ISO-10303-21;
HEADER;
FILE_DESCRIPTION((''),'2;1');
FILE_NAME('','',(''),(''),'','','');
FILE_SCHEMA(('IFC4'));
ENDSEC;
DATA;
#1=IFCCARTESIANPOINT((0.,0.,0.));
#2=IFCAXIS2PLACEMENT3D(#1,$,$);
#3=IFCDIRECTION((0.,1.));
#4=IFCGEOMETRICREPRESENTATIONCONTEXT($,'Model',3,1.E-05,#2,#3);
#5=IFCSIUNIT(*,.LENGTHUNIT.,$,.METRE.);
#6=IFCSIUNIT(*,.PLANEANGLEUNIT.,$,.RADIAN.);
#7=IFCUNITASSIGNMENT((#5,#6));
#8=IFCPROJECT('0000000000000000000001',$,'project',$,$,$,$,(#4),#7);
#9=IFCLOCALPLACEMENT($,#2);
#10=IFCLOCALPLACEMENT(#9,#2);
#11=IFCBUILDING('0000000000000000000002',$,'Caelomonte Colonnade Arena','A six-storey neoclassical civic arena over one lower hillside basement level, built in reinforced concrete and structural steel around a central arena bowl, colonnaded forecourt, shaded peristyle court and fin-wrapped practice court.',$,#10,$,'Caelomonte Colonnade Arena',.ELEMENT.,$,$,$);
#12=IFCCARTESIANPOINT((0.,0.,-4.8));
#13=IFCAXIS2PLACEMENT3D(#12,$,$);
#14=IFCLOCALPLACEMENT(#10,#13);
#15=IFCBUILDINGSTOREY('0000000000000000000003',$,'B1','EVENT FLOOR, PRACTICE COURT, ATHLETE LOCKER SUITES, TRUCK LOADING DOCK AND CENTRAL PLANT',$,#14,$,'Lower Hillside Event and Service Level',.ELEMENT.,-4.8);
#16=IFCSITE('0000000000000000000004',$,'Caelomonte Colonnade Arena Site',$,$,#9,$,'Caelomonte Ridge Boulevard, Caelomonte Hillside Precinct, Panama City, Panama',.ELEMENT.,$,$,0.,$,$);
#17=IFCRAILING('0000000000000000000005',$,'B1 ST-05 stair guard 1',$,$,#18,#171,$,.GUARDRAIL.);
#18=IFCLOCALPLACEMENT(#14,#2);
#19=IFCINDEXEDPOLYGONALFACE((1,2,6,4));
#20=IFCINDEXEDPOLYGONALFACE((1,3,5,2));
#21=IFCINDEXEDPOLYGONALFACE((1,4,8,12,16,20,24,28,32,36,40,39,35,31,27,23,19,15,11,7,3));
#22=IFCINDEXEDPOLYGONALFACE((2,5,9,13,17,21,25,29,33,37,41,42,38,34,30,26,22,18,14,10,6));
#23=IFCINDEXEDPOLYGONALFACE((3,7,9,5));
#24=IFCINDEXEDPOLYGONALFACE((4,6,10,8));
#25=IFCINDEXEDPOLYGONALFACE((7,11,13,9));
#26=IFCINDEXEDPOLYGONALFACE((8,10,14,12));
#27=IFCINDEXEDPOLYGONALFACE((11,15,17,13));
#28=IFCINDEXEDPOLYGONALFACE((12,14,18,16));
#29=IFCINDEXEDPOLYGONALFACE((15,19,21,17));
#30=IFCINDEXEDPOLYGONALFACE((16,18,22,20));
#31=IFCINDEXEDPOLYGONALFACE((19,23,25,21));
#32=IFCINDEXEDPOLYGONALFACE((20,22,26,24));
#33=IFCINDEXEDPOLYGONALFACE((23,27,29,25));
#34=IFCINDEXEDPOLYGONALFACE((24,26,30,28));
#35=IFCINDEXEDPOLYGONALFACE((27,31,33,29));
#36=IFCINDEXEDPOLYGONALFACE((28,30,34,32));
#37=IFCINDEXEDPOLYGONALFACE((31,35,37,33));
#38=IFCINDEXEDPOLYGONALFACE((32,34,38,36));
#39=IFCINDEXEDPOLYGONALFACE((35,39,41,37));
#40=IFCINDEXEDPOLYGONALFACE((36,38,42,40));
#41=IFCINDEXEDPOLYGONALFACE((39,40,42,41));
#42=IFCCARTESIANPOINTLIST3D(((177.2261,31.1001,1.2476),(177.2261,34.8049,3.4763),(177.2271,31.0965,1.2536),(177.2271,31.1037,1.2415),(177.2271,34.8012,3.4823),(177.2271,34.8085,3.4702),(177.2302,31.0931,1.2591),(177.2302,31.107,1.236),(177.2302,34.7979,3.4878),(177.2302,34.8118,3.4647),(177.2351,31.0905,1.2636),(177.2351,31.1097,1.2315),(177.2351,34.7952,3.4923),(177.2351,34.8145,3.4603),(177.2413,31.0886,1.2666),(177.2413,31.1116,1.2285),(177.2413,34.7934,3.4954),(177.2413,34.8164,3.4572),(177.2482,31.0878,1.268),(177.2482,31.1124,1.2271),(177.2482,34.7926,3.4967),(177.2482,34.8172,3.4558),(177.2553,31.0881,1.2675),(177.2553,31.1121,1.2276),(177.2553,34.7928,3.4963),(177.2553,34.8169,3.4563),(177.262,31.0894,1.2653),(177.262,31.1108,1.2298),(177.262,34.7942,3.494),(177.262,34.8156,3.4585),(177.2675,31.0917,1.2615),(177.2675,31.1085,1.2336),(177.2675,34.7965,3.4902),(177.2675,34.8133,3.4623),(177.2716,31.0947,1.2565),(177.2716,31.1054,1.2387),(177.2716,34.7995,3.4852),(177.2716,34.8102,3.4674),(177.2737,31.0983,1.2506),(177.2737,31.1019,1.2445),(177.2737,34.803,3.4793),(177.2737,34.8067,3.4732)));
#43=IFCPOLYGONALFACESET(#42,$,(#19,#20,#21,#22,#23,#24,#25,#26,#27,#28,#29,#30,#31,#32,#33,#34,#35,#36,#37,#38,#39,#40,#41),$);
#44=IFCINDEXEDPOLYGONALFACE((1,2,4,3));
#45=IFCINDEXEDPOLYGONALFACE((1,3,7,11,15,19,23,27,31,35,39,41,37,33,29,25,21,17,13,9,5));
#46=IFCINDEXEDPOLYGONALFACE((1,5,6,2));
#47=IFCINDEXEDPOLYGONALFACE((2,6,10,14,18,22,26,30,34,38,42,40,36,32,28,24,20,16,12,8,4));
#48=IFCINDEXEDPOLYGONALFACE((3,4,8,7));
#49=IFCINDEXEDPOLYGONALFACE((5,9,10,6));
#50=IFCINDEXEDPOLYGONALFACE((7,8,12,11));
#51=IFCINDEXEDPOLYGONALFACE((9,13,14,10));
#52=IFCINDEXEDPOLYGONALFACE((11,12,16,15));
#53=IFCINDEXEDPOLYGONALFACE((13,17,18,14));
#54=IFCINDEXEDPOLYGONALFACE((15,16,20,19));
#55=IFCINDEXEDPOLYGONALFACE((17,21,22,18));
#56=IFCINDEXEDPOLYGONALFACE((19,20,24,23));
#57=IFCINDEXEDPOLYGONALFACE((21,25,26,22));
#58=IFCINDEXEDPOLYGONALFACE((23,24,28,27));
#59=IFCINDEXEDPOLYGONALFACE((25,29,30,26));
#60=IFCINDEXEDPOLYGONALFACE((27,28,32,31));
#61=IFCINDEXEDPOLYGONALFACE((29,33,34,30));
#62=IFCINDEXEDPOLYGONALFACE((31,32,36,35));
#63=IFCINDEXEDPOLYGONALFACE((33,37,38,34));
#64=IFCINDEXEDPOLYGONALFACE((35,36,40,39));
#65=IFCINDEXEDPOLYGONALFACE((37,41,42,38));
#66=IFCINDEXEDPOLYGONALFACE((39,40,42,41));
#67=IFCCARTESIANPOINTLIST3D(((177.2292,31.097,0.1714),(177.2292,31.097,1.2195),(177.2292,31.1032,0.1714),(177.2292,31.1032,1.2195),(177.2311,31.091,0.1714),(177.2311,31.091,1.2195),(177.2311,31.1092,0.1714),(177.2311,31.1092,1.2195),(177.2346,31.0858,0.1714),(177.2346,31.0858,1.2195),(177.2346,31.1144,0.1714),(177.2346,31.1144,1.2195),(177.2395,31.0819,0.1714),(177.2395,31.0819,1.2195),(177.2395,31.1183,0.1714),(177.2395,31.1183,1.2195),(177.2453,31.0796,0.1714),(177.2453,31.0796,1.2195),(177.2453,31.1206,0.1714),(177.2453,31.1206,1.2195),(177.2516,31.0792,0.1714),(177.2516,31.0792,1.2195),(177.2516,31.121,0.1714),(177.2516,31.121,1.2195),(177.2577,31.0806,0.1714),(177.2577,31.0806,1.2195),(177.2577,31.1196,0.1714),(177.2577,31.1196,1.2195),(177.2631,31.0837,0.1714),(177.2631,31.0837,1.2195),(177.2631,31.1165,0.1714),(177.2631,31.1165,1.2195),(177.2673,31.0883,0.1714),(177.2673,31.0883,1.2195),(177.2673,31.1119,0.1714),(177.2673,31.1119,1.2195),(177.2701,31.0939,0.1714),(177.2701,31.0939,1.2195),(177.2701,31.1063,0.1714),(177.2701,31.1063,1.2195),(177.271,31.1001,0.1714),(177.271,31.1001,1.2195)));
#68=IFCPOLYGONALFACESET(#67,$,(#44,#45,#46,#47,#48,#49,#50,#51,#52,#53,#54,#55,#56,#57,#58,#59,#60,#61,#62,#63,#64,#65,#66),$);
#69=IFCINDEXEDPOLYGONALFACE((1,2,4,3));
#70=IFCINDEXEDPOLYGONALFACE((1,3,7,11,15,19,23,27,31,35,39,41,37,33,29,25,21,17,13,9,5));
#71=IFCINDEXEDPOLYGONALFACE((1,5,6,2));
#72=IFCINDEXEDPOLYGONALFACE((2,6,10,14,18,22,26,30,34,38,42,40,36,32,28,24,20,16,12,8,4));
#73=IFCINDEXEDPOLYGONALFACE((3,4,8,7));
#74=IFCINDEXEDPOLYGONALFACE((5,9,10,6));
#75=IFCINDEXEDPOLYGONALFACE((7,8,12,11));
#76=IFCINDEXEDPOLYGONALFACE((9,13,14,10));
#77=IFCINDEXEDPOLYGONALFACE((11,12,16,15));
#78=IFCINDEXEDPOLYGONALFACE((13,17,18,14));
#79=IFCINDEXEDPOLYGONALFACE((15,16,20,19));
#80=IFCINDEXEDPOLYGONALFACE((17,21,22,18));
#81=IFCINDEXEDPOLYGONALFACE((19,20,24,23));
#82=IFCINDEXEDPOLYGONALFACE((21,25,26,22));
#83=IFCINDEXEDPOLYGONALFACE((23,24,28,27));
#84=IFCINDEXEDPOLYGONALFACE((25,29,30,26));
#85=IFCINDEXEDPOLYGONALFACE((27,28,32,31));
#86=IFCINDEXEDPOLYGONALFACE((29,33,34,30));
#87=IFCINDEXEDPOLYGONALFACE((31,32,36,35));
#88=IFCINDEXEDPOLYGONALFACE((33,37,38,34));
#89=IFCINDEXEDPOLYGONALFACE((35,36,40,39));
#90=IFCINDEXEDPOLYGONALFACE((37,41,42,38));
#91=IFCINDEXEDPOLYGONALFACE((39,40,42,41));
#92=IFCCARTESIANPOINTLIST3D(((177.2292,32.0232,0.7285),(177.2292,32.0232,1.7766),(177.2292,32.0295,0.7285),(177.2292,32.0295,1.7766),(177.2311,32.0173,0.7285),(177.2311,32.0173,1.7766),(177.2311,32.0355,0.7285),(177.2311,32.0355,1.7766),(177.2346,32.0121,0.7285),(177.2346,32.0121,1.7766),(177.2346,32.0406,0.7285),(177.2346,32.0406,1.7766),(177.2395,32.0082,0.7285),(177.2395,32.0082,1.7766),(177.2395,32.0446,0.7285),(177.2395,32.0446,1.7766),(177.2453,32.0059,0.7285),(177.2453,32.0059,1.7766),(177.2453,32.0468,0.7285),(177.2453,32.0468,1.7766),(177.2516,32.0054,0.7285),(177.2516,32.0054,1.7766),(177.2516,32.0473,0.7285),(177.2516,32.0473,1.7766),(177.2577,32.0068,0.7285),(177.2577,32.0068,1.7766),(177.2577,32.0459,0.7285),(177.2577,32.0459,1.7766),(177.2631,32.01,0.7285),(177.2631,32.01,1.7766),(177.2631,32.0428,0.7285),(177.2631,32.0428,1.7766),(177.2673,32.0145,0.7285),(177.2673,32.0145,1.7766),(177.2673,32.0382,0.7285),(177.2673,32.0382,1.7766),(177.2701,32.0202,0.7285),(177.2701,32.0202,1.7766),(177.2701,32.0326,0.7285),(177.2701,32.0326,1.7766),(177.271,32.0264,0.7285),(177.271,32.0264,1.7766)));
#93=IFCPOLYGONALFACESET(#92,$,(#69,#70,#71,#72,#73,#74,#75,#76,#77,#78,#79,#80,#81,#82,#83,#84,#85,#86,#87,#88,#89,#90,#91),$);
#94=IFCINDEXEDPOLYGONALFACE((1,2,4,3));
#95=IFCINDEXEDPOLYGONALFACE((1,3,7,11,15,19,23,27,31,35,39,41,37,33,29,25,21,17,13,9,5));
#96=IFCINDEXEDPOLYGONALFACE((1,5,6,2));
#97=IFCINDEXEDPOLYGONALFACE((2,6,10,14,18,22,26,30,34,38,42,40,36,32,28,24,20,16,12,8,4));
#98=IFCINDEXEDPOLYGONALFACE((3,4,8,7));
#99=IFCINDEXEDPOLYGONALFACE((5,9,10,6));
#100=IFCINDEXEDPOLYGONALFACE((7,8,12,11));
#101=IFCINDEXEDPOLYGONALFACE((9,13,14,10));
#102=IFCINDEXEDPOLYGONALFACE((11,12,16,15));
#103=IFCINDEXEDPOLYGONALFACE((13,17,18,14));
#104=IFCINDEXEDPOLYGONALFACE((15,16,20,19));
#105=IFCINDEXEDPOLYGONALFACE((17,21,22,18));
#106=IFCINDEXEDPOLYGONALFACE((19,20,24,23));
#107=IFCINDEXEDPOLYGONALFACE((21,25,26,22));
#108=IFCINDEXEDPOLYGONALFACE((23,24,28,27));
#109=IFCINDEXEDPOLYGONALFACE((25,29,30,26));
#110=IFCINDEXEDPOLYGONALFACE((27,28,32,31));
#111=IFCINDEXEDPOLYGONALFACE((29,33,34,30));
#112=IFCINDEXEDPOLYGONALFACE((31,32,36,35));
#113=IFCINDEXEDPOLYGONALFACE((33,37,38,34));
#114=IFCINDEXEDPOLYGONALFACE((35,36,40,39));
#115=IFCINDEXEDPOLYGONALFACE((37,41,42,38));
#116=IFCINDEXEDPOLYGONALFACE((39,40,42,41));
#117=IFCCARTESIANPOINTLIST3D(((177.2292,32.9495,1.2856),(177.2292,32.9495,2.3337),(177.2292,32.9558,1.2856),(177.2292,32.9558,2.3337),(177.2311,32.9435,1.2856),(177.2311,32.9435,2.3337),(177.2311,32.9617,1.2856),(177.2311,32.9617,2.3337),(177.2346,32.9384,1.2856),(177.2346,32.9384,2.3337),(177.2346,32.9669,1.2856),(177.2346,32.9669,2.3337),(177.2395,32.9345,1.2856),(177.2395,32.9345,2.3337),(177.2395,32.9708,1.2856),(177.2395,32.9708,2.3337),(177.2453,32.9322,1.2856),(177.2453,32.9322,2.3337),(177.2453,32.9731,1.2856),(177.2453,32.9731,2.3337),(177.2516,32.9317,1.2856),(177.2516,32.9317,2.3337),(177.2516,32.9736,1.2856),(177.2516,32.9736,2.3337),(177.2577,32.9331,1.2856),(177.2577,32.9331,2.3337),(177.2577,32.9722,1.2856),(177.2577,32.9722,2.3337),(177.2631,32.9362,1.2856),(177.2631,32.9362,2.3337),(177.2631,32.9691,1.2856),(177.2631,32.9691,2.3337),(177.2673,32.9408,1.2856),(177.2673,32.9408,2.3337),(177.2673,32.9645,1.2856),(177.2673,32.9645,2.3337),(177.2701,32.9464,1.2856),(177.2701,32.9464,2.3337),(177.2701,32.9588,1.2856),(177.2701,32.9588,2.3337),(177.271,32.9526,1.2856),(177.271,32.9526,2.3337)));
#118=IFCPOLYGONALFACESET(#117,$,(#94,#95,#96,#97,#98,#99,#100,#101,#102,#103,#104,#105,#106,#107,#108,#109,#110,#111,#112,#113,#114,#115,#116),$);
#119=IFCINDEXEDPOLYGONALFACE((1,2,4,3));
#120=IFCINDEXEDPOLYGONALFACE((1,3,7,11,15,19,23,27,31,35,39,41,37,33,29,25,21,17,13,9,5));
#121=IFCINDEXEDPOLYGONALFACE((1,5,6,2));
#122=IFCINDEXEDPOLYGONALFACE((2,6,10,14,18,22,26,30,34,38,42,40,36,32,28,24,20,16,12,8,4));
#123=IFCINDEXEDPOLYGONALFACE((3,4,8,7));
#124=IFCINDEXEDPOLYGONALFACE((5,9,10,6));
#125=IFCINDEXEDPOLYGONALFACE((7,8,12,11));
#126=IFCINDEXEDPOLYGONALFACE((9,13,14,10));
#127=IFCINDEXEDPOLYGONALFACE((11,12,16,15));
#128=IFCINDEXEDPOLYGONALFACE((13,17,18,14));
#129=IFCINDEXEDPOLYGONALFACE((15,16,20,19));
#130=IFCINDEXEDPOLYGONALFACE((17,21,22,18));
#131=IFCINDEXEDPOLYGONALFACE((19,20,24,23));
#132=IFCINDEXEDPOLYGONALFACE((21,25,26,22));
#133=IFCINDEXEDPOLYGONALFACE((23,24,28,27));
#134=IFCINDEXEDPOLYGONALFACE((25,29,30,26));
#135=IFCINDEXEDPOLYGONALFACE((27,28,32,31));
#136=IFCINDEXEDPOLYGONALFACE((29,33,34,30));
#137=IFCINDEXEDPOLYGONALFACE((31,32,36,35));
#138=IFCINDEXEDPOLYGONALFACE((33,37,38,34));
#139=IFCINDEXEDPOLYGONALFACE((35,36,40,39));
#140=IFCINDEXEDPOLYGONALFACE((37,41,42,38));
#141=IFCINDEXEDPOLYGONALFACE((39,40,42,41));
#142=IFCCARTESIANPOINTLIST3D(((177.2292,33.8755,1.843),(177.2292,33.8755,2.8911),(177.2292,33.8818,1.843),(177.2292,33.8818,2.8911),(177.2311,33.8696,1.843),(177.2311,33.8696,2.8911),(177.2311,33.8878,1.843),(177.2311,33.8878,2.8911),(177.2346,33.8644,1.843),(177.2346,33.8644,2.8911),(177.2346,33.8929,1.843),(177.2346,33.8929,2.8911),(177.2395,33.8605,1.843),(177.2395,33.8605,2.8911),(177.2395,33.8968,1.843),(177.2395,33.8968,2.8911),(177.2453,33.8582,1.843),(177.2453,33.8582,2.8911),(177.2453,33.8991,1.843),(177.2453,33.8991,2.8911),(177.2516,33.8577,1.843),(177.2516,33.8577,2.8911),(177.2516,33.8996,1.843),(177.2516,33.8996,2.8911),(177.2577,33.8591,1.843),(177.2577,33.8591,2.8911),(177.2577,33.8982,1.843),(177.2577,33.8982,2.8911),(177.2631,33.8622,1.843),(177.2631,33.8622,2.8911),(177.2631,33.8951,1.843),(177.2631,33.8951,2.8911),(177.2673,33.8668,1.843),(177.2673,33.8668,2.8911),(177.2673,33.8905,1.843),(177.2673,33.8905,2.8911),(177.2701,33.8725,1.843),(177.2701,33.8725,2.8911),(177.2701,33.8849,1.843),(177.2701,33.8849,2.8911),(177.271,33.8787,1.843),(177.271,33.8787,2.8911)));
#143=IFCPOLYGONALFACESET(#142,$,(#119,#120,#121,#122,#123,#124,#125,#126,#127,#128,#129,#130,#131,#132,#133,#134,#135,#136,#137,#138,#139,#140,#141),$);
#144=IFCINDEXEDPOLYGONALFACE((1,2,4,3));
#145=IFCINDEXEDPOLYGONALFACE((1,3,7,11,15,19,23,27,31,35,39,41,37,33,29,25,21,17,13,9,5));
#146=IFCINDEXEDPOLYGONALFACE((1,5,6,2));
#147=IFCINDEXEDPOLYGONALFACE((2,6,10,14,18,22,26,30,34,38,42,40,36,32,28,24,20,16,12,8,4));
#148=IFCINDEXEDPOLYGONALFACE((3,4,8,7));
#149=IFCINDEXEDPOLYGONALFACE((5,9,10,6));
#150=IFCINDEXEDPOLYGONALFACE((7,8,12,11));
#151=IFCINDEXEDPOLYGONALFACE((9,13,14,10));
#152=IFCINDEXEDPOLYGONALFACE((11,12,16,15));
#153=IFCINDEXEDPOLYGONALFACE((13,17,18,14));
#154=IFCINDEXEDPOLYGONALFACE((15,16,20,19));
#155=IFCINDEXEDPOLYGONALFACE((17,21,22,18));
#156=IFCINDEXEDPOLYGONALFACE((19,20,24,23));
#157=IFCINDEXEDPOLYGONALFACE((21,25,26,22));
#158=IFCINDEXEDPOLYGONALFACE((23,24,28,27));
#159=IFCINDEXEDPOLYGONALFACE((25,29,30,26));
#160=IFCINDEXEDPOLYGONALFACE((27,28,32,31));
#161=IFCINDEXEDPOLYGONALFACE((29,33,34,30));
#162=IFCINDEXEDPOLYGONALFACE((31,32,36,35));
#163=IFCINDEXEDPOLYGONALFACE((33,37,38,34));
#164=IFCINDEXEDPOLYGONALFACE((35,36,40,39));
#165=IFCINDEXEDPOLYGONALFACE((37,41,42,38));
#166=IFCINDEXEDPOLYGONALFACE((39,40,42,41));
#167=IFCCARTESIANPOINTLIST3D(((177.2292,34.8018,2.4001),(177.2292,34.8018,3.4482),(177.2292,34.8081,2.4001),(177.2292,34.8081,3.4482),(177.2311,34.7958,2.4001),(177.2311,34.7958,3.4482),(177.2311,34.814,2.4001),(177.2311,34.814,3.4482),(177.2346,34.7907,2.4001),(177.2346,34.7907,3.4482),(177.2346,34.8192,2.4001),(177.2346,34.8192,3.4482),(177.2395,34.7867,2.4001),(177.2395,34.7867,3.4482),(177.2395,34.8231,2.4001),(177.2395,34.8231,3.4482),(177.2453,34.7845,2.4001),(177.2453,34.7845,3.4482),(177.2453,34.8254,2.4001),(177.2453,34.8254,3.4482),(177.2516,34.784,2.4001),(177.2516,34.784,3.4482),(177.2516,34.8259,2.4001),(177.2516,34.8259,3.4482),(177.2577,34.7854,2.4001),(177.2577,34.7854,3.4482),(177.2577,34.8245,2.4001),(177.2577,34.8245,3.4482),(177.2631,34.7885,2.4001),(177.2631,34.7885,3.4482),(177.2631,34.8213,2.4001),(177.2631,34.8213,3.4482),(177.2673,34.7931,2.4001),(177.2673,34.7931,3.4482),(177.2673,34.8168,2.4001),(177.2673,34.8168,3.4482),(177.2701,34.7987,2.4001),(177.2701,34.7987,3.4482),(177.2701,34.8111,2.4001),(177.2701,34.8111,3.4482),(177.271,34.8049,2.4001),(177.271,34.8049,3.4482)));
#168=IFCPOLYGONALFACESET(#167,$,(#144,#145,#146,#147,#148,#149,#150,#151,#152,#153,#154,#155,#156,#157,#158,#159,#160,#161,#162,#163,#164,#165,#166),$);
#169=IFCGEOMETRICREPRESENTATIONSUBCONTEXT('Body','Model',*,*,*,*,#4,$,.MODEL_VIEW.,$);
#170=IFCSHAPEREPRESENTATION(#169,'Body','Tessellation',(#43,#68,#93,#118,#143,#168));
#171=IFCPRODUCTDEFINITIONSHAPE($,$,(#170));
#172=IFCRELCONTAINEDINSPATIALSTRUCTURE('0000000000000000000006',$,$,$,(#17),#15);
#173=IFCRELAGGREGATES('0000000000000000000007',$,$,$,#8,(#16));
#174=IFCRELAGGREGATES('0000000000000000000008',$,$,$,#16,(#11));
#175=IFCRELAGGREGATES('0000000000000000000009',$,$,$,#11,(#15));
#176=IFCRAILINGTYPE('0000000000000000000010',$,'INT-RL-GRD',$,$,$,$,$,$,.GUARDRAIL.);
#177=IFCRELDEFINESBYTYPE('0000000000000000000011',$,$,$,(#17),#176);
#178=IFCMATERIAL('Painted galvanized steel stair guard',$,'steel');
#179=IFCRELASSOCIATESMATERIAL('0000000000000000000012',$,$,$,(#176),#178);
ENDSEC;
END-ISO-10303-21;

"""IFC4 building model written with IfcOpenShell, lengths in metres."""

from ifc_helpers import new_model, si_unit, direction, frame, origin, origin_2d, place, context, subcontext, project, spatial, circle, extrude, material, type_object, element, save


model = new_model("IFC4")

# Units and contexts
model_context = context("Model", 3, precision=1e-05, world=origin(), true_north=direction((0.0, 1.0)))
body_context = subcontext(model_context, "Body", "Model", "MODEL_VIEW")
ifc_project = project(units=[si_unit("LENGTHUNIT", "METRE"), si_unit("PLANEANGLEUNIT", "RADIAN")], contexts=[model_context])

# Site, building, storey
site_placement = place(None, origin())
site = spatial("IfcSite", under=ifc_project, at=site_placement, Name="Caelomonte Colonnade Arena Site", LongName="Caelomonte Ridge Boulevard, Caelomonte Hillside Precinct, Panama City, Panama", CompositionType="ELEMENT", RefElevation=0.0)
building_placement = place(site_placement, origin())
building = spatial("IfcBuilding", under=site, at=building_placement, Name="Caelomonte Colonnade Arena", Description="A six-storey neoclassical civic arena over one lower hillside basement level, built in reinforced concrete and structural steel around a central arena bowl, colonnaded forecourt, shaded peristyle court and fin-wrapped practice court.", LongName="Caelomonte Colonnade Arena", CompositionType="ELEMENT")
storey_placement = place(building_placement, frame((0.0, 0.0, -4.8)))
storey = spatial("IfcBuildingStorey", under=building, at=storey_placement, Name="B1", Description="EVENT FLOOR, PRACTICE COURT, ATHLETE LOCKER SUITES, TRUCK LOADING DOCK AND CENTRAL PLANT", LongName="Lower Hillside Event and Service Level", CompositionType="ELEMENT", Elevation=-4.8)

# Railing
ifc_material_1 = material(Name="Painted galvanized steel stair guard", Category="steel")
railing_type_1 = type_object("IfcRailingType", Name="INT-RL-GRD", PredefinedType="GUARDRAIL", material=ifc_material_1)
railing_1_placement = place(storey_placement, frame((177.25, 31.1001, 0.1714)))
element("IfcRailing", 1, at=railing_1_placement, inside=storey, type_object=railing_type_1, Name="B1 ST-05 stair guard 1", PredefinedType="GUARDRAIL", context=body_context, shape_type="SweptSolid", body=[
    extrude(circle(Radius=0.0239, at=origin_2d()), frame((0.0, 0.0, 1.0762), z_axis=(0.0, 0.856894, 0.515492), x_axis=(-1.0, 0.0, 0.0)), (0.0, 0.0, 1.0), 4.3235),
    extrude(circle(Radius=0.021, at=origin_2d()), origin(), (0.0, 0.0, 1.0), 1.0481),
    extrude(circle(Radius=0.021, at=origin_2d()), frame((0.0, 0.9263, 0.5571)), (0.0, 0.0, 1.0), 1.0481),
    extrude(circle(Radius=0.021, at=origin_2d()), frame((0.0, 1.8525, 1.1143)), (0.0, 0.0, 1.0), 1.0481),
    extrude(circle(Radius=0.021, at=origin_2d()), frame((0.0, 2.7786, 1.6716)), (0.0, 0.0, 1.0), 1.0481),
    extrude(circle(Radius=0.021, at=origin_2d()), frame((0.0, 3.7048, 2.2288)), (0.0, 0.0, 1.0), 1.0481),
])

save(model, "model.ifc")
